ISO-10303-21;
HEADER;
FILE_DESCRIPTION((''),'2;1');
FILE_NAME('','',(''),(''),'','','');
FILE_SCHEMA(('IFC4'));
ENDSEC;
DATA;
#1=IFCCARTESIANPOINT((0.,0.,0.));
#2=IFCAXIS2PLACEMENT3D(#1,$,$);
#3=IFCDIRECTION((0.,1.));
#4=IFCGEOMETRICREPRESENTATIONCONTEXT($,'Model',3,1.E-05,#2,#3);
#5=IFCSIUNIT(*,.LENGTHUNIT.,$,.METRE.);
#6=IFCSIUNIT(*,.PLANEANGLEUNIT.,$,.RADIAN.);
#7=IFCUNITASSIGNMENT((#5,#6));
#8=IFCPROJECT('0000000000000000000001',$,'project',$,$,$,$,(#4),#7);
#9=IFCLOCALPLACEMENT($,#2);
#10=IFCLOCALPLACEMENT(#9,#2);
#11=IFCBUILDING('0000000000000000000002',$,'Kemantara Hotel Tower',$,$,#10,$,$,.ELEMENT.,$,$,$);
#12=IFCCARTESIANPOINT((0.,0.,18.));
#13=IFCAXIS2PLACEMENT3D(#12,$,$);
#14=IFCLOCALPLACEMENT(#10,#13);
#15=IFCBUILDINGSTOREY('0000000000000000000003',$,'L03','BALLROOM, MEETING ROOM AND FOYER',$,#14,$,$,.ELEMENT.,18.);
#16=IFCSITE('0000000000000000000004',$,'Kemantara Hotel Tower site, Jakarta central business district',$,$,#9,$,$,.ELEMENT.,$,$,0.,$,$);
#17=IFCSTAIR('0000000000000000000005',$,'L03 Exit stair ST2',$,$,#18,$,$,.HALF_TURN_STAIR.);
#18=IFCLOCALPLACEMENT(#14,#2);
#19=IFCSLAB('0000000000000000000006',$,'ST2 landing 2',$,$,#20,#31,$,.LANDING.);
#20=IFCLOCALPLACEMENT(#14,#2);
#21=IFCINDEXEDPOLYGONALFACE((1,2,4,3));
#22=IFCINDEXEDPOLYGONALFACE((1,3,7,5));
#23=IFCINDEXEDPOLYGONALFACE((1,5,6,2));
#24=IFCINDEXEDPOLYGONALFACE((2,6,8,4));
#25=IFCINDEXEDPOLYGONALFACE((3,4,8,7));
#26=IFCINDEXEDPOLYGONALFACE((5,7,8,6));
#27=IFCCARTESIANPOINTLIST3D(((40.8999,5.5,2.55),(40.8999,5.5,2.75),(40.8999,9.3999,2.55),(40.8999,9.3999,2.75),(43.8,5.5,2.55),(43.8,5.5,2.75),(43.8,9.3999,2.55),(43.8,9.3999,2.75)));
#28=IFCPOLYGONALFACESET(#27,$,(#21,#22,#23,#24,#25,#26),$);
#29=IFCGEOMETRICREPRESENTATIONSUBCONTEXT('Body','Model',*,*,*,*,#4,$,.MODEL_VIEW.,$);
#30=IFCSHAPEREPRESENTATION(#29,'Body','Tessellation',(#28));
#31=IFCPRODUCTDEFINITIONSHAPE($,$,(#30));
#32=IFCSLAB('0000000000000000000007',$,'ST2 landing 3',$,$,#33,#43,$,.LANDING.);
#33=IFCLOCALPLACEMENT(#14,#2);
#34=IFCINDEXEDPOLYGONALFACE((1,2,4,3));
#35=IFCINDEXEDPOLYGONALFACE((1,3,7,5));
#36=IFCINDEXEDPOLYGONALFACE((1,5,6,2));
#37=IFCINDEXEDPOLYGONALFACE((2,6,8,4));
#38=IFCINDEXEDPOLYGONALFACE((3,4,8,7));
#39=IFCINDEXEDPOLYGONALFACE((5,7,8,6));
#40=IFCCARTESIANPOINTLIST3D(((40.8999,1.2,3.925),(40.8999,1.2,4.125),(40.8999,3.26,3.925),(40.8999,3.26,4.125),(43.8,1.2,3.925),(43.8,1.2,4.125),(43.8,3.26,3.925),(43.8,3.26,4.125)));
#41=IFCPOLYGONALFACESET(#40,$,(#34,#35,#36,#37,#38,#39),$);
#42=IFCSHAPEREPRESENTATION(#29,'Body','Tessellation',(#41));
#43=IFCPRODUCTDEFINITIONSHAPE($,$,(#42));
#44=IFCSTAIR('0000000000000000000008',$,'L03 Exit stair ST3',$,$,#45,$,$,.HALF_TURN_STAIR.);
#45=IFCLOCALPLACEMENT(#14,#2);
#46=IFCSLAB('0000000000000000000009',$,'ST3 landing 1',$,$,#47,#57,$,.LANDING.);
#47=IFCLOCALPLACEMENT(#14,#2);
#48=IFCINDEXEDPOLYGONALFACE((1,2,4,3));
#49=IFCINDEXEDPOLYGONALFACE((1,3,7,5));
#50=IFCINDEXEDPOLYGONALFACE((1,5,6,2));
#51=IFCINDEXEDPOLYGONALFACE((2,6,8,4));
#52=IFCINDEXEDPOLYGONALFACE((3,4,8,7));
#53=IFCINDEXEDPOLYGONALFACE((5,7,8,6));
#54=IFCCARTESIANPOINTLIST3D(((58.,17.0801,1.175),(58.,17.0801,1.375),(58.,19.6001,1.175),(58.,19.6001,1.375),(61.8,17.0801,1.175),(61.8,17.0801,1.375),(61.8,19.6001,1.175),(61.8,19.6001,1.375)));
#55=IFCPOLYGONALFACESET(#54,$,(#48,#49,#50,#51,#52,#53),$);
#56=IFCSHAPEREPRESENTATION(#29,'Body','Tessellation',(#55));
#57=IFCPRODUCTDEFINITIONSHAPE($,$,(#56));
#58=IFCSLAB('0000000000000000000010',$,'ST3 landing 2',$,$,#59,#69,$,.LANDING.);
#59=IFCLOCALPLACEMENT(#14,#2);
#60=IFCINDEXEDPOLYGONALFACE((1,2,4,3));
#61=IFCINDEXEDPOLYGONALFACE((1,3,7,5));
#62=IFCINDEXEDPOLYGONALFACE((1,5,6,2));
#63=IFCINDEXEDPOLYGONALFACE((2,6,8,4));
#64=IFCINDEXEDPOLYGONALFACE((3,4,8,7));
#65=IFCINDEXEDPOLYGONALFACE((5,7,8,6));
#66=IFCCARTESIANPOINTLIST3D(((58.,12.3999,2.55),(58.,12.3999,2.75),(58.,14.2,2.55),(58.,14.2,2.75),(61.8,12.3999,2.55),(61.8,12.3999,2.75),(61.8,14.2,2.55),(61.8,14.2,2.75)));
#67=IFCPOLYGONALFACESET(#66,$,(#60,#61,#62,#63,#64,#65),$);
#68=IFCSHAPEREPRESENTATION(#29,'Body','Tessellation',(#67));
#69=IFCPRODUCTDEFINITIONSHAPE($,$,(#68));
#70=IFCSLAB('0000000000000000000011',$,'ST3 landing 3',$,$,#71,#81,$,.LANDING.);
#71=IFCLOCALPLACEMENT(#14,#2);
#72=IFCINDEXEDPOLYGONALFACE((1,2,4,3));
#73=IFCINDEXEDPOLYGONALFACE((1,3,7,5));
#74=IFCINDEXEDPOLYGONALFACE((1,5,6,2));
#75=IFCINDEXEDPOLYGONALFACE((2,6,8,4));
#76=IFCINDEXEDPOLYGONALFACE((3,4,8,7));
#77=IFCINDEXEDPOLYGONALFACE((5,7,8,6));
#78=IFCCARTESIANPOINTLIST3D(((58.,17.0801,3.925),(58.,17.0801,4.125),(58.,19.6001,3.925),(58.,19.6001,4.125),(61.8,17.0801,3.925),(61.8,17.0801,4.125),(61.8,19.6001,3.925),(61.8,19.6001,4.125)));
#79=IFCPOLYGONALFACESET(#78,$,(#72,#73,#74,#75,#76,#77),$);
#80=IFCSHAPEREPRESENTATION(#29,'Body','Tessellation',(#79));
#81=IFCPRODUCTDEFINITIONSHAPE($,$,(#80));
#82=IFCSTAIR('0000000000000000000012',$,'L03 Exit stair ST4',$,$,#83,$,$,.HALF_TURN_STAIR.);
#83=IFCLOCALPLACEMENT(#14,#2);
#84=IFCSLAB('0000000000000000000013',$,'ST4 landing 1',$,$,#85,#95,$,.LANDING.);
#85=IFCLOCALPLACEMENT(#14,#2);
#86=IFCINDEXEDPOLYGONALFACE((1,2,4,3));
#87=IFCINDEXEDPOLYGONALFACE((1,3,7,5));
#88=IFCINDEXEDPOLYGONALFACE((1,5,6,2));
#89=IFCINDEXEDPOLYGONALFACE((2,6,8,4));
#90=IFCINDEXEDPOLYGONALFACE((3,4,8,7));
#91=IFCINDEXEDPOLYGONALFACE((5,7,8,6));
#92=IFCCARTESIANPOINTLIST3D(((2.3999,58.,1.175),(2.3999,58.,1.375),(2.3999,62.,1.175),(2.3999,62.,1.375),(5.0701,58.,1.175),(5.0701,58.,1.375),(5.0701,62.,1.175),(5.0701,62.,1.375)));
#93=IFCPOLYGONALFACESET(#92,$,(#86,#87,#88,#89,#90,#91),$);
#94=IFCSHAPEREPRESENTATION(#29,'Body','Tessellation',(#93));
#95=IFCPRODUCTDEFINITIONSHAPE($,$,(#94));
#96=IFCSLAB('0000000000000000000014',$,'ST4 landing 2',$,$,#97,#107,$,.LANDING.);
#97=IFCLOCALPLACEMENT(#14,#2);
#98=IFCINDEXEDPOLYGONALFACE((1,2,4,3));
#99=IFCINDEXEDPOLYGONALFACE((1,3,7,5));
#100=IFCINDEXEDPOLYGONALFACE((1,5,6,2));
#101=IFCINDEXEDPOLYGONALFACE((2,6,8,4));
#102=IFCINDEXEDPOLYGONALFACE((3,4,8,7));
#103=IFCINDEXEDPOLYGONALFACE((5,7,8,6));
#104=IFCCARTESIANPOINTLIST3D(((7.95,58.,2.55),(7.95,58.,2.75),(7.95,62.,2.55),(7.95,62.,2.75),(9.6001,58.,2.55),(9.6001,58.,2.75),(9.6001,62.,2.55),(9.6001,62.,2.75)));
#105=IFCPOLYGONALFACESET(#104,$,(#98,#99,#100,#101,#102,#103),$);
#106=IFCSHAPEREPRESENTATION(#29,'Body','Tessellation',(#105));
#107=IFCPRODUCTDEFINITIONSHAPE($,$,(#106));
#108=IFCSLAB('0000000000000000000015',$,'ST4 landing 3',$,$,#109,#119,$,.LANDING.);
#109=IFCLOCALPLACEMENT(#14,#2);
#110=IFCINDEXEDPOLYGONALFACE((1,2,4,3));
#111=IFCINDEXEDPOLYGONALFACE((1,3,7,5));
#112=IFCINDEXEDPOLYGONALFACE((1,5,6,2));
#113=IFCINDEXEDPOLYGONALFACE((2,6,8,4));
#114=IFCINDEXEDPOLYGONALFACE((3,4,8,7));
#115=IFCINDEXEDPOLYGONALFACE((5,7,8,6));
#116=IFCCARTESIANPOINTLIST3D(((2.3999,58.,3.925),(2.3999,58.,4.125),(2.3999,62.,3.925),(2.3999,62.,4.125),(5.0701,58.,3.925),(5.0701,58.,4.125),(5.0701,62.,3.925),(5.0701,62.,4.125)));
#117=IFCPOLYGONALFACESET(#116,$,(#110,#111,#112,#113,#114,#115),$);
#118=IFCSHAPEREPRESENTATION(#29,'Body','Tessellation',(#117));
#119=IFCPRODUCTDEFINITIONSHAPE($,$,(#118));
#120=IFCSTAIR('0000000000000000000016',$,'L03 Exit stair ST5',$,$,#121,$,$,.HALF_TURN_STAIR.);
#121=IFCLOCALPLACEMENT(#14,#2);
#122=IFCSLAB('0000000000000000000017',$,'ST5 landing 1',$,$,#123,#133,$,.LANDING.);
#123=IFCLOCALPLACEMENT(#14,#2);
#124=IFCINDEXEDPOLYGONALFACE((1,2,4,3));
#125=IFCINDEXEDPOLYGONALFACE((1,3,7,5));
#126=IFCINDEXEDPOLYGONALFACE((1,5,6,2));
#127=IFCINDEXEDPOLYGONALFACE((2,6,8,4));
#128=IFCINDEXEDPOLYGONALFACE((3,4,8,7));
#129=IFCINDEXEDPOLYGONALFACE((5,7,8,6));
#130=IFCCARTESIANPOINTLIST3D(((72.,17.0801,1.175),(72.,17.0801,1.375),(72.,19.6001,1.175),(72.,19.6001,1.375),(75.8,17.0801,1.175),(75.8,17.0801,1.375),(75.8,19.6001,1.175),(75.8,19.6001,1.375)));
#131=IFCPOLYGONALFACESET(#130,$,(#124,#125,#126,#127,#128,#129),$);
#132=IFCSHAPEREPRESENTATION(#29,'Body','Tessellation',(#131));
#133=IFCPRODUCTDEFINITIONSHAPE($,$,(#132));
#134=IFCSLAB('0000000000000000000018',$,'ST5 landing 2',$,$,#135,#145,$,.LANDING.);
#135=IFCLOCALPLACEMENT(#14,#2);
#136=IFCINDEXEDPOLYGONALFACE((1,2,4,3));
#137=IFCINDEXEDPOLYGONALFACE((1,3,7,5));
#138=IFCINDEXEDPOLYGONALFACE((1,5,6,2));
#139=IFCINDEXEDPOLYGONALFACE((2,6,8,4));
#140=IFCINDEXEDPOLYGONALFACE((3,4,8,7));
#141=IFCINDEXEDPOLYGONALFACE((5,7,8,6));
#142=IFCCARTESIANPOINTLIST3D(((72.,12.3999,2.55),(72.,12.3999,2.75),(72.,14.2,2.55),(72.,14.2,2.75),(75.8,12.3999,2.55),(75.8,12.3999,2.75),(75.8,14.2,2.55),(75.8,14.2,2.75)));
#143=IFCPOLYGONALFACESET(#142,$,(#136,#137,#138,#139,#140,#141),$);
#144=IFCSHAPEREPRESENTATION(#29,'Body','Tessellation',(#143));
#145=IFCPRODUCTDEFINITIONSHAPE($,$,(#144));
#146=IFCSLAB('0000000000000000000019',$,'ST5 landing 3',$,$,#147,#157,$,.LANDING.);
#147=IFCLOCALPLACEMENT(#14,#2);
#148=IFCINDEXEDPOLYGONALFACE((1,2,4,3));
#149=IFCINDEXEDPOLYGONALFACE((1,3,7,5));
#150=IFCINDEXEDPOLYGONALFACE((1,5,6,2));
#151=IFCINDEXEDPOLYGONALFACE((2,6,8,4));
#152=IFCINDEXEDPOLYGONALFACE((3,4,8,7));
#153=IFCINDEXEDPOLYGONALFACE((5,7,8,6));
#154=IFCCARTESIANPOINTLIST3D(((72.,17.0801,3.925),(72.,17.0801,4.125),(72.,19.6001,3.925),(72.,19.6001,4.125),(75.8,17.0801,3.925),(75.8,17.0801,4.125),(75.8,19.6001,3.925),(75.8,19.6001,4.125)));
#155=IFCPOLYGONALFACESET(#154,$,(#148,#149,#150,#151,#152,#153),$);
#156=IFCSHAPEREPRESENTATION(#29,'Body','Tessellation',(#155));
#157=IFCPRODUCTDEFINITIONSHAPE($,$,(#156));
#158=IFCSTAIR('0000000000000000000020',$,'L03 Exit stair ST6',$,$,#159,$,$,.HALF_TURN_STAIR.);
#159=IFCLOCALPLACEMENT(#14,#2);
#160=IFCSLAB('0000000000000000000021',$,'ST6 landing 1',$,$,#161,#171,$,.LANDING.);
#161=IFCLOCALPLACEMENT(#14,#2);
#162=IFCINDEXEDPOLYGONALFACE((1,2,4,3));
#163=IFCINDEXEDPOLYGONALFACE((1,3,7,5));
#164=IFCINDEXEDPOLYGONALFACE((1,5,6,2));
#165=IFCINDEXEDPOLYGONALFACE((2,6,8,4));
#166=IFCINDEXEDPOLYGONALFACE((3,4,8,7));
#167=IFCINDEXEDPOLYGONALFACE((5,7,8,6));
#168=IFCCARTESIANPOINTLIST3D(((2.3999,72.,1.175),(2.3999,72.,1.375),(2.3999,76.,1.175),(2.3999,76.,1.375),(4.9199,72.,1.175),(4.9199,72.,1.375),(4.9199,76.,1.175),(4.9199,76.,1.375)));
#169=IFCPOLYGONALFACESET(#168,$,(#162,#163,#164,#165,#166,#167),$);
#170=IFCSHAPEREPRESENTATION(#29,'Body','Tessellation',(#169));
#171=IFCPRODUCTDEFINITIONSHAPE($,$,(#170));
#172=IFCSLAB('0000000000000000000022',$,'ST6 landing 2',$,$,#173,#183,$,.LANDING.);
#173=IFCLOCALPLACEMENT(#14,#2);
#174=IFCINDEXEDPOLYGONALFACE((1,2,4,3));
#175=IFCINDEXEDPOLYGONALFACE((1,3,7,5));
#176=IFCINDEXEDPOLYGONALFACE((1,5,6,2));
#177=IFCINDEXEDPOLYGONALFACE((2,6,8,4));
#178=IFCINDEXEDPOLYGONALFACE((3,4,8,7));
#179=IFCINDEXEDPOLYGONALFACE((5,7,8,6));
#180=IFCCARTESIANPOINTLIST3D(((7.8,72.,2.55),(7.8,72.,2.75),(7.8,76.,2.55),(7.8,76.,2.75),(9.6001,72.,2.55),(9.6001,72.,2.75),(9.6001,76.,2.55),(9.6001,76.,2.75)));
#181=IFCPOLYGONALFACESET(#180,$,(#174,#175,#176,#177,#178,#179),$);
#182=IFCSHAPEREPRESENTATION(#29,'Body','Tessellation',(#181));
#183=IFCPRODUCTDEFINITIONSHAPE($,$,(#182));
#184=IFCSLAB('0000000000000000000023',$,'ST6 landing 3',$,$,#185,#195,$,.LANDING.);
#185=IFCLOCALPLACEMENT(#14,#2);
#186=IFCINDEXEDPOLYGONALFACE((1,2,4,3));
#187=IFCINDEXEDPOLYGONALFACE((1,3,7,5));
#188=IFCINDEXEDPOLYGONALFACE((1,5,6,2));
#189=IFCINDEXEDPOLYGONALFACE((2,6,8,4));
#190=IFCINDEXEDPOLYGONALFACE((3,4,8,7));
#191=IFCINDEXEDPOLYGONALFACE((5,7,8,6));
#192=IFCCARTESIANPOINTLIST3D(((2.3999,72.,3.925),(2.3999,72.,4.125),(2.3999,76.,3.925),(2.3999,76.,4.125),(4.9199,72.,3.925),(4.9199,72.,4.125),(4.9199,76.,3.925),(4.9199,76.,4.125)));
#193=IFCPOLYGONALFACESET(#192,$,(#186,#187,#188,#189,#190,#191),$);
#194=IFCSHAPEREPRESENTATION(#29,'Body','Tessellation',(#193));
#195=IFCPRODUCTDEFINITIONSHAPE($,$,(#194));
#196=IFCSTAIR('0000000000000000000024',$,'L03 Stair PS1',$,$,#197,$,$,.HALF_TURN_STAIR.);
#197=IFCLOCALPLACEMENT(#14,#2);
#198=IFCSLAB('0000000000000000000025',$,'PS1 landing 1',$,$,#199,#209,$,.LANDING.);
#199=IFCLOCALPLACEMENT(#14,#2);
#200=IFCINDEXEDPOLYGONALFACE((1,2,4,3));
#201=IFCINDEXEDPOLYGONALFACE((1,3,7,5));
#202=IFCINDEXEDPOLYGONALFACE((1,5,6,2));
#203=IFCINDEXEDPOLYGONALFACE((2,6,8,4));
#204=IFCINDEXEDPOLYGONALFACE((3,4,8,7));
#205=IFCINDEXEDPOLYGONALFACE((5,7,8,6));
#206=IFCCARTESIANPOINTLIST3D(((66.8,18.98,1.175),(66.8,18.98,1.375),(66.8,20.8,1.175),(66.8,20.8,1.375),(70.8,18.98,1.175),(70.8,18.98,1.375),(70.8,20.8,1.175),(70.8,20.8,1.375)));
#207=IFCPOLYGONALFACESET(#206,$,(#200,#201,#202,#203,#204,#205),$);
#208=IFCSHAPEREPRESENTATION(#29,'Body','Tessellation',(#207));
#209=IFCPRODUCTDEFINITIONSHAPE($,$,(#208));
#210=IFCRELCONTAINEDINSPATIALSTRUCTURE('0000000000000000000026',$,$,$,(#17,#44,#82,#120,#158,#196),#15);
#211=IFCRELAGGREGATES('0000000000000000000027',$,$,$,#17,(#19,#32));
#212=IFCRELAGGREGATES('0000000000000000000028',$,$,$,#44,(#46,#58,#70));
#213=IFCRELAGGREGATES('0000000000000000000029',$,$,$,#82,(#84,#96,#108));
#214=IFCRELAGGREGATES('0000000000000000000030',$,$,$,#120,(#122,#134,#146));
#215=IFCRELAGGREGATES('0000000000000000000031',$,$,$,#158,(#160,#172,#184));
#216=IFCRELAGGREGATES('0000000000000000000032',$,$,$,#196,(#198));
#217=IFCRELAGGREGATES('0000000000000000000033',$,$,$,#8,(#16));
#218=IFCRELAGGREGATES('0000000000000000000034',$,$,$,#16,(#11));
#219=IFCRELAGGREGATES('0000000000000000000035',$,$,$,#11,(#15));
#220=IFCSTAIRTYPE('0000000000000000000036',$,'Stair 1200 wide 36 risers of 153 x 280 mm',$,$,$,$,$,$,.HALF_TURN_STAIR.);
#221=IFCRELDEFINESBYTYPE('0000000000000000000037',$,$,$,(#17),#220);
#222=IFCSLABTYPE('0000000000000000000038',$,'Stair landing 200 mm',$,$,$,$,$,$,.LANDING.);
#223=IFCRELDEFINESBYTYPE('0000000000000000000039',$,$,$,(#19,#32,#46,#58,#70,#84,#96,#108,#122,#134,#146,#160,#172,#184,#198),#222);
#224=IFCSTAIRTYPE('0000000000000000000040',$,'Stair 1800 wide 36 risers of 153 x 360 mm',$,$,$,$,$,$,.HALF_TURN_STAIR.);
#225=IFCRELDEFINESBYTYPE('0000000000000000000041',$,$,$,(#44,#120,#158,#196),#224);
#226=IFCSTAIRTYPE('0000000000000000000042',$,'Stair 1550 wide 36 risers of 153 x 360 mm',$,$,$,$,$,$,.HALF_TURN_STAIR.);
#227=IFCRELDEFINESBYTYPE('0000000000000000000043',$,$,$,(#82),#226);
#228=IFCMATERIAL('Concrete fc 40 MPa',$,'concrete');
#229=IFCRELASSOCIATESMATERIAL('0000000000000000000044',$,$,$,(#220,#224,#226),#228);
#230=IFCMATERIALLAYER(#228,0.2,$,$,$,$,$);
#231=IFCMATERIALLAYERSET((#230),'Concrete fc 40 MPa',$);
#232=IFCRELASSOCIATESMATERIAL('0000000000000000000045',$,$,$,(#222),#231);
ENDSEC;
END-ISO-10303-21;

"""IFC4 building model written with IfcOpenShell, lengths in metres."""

from ifc_helpers import new_model, si_unit, direction, frame, origin, place, context, subcontext, project, spatial, polyline, outline, extrude, material, layer, layer_set, type_object, element, aggregate, save


model = new_model("IFC4")

# Units and contexts
model_context = context("Model", 3, precision=1e-05, world=origin(), true_north=direction((0.0, 1.0)))
body_context = subcontext(model_context, "Body", "Model", "MODEL_VIEW")
ifc_project = project(units=[si_unit("LENGTHUNIT", "METRE"), si_unit("PLANEANGLEUNIT", "RADIAN")], contexts=[model_context])

# Site, building, storey
site_placement = place(None, origin())
site = spatial("IfcSite", under=ifc_project, at=site_placement, Name="Kemantara Hotel Tower site, Jakarta central business district", CompositionType="ELEMENT", RefElevation=0.0)
building_placement = place(site_placement, origin())
building = spatial("IfcBuilding", under=site, at=building_placement, Name="Kemantara Hotel Tower", CompositionType="ELEMENT")
storey_placement = place(building_placement, frame((0.0, 0.0, 18.0)))
storey = spatial("IfcBuildingStorey", under=building, at=storey_placement, Name="L03", Description="BALLROOM, MEETING ROOM AND FOYER", CompositionType="ELEMENT", Elevation=18.0)

# Shared definitions
ifc_material = material(Name="Concrete fc 40 MPa", Category="concrete")

# Stairs, slabs
stair_type_1 = type_object("IfcStairType", Name="Stair 1200 wide 36 risers of 153 x 280 mm", PredefinedType="HALF_TURN_STAIR", material=ifc_material)
ifc_layer_1 = layer(ifc_material, 0.2)
ifc_layer_set_1 = layer_set([ifc_layer_1], Name="Concrete fc 40 MPa")
slab_type_1 = type_object("IfcSlabType", Name="Stair landing 200 mm", PredefinedType="LANDING", material=ifc_layer_set_1)
stair_1_placement = place(storey_placement, origin())
stair_1 = element("IfcStair", 1, at=stair_1_placement, inside=storey, type_object=stair_type_1, Name="L03 Exit stair ST2", PredefinedType="HALF_TURN_STAIR")
slab_1_placement = place(storey_placement, frame((0.0, 0.0, 2.55)))
slab_1 = element("IfcSlab", 2, at=slab_1_placement, type_object=slab_type_1, Name="ST2 landing 2", PredefinedType="LANDING", context=body_context, shape_type="SweptSolid", body=[
    extrude(outline(polyline([(40.8999, 9.3999), (40.8999, 5.5), (43.8, 5.5), (43.8, 9.3999), (40.8999, 9.3999)])), origin(), (0.0, 0.0, 1.0), 0.2),
])
slab_2_placement = place(storey_placement, frame((0.0, 0.0, 3.925)))
slab_2 = element("IfcSlab", 3, at=slab_2_placement, type_object=slab_type_1, Name="ST2 landing 3", PredefinedType="LANDING", context=body_context, shape_type="SweptSolid", body=[
    extrude(outline(polyline([(40.8999, 3.26), (40.8999, 1.2), (43.8, 1.2), (43.8, 3.26), (40.8999, 3.26)])), origin(), (0.0, 0.0, 1.0), 0.2),
])
aggregate(stair_1, [slab_1, slab_2])
stair_type_2 = type_object("IfcStairType", Name="Stair 1800 wide 36 risers of 153 x 360 mm", PredefinedType="HALF_TURN_STAIR", material=ifc_material)
stair_2_placement = place(storey_placement, origin())
stair_2 = element("IfcStair", 4, at=stair_2_placement, inside=storey, type_object=stair_type_2, Name="L03 Exit stair ST3", PredefinedType="HALF_TURN_STAIR")
slab_3_placement = place(storey_placement, frame((0.0, 0.0, 1.175)))
slab_3 = element("IfcSlab", 5, at=slab_3_placement, type_object=slab_type_1, Name="ST3 landing 1", PredefinedType="LANDING", context=body_context, shape_type="SweptSolid", body=[
    extrude(outline(polyline([(61.8, 17.0801), (61.8, 19.6001), (58.0, 19.6001), (58.0, 17.0801), (61.8, 17.0801)])), origin(), (0.0, 0.0, 1.0), 0.2),
])
slab_4_placement = place(storey_placement, frame((0.0, 0.0, 2.55)))
slab_4 = element("IfcSlab", 6, at=slab_4_placement, type_object=slab_type_1, Name="ST3 landing 2", PredefinedType="LANDING", context=body_context, shape_type="SweptSolid", body=[
    extrude(outline(polyline([(61.8, 12.3999), (61.8, 14.2), (58.0, 14.2), (58.0, 12.3999), (61.8, 12.3999)])), origin(), (0.0, 0.0, 1.0), 0.2),
])
slab_5_placement = place(storey_placement, frame((0.0, 0.0, 3.925)))
slab_5 = element("IfcSlab", 7, at=slab_5_placement, type_object=slab_type_1, Name="ST3 landing 3", PredefinedType="LANDING", context=body_context, shape_type="SweptSolid", body=[
    extrude(outline(polyline([(61.8, 17.0801), (61.8, 19.6001), (58.0, 19.6001), (58.0, 17.0801), (61.8, 17.0801)])), origin(), (0.0, 0.0, 1.0), 0.2),
])
aggregate(stair_2, [slab_3, slab_4, slab_5])
stair_type_3 = type_object("IfcStairType", Name="Stair 1550 wide 36 risers of 153 x 360 mm", PredefinedType="HALF_TURN_STAIR", material=ifc_material)
stair_3_placement = place(storey_placement, origin())
stair_3 = element("IfcStair", 8, at=stair_3_placement, inside=storey, type_object=stair_type_3, Name="L03 Exit stair ST4", PredefinedType="HALF_TURN_STAIR")
slab_6_placement = place(storey_placement, frame((0.0, 0.0, 1.175)))
slab_6 = element("IfcSlab", 9, at=slab_6_placement, type_object=slab_type_1, Name="ST4 landing 1", PredefinedType="LANDING", context=body_context, shape_type="SweptSolid", body=[
    extrude(outline(polyline([(5.0701, 62.0), (2.3999, 62.0), (2.3999, 58.0), (5.0701, 58.0), (5.0701, 62.0)])), origin(), (0.0, 0.0, 1.0), 0.2),
])
slab_7_placement = place(storey_placement, frame((0.0, 0.0, 2.55)))
slab_7 = element("IfcSlab", 10, at=slab_7_placement, type_object=slab_type_1, Name="ST4 landing 2", PredefinedType="LANDING", context=body_context, shape_type="SweptSolid", body=[
    extrude(outline(polyline([(9.6001, 62.0), (7.95, 62.0), (7.95, 58.0), (9.6001, 58.0), (9.6001, 62.0)])), origin(), (0.0, 0.0, 1.0), 0.2),
])
slab_8_placement = place(storey_placement, frame((0.0, 0.0, 3.925)))
slab_8 = element("IfcSlab", 11, at=slab_8_placement, type_object=slab_type_1, Name="ST4 landing 3", PredefinedType="LANDING", context=body_context, shape_type="SweptSolid", body=[
    extrude(outline(polyline([(5.0701, 62.0), (2.3999, 62.0), (2.3999, 58.0), (5.0701, 58.0), (5.0701, 62.0)])), origin(), (0.0, 0.0, 1.0), 0.2),
])
aggregate(stair_3, [slab_6, slab_7, slab_8])
stair_4_placement = place(storey_placement, origin())
stair_4 = element("IfcStair", 12, at=stair_4_placement, inside=storey, type_object=stair_type_2, Name="L03 Exit stair ST5", PredefinedType="HALF_TURN_STAIR")
slab_9_placement = place(storey_placement, frame((0.0, 0.0, 1.175)))
slab_9 = element("IfcSlab", 13, at=slab_9_placement, type_object=slab_type_1, Name="ST5 landing 1", PredefinedType="LANDING", context=body_context, shape_type="SweptSolid", body=[
    extrude(outline(polyline([(75.8, 17.0801), (75.8, 19.6001), (72.0, 19.6001), (72.0, 17.0801), (75.8, 17.0801)])), origin(), (0.0, 0.0, 1.0), 0.2),
])
slab_10_placement = place(storey_placement, frame((0.0, 0.0, 2.55)))
slab_10 = element("IfcSlab", 14, at=slab_10_placement, type_object=slab_type_1, Name="ST5 landing 2", PredefinedType="LANDING", context=body_context, shape_type="SweptSolid", body=[
    extrude(outline(polyline([(75.8, 12.3999), (75.8, 14.2), (72.0, 14.2), (72.0, 12.3999), (75.8, 12.3999)])), origin(), (0.0, 0.0, 1.0), 0.2),
])
slab_11_placement = place(storey_placement, frame((0.0, 0.0, 3.925)))
slab_11 = element("IfcSlab", 15, at=slab_11_placement, type_object=slab_type_1, Name="ST5 landing 3", PredefinedType="LANDING", context=body_context, shape_type="SweptSolid", body=[
    extrude(outline(polyline([(75.8, 17.0801), (75.8, 19.6001), (72.0, 19.6001), (72.0, 17.0801), (75.8, 17.0801)])), origin(), (0.0, 0.0, 1.0), 0.2),
])
aggregate(stair_4, [slab_9, slab_10, slab_11])
stair_5_placement = place(storey_placement, origin())
stair_5 = element("IfcStair", 16, at=stair_5_placement, inside=storey, type_object=stair_type_2, Name="L03 Exit stair ST6", PredefinedType="HALF_TURN_STAIR")
slab_12_placement = place(storey_placement, frame((0.0, 0.0, 1.175)))
slab_12 = element("IfcSlab", 17, at=slab_12_placement, type_object=slab_type_1, Name="ST6 landing 1", PredefinedType="LANDING", context=body_context, shape_type="SweptSolid", body=[
    extrude(outline(polyline([(4.9199, 76.0), (2.3999, 76.0), (2.3999, 72.0), (4.9199, 72.0), (4.9199, 76.0)])), origin(), (0.0, 0.0, 1.0), 0.2),
])
slab_13_placement = place(storey_placement, frame((0.0, 0.0, 2.55)))
slab_13 = element("IfcSlab", 18, at=slab_13_placement, type_object=slab_type_1, Name="ST6 landing 2", PredefinedType="LANDING", context=body_context, shape_type="SweptSolid", body=[
    extrude(outline(polyline([(9.6001, 76.0), (7.8, 76.0), (7.8, 72.0), (9.6001, 72.0), (9.6001, 76.0)])), origin(), (0.0, 0.0, 1.0), 0.2),
])
slab_14_placement = place(storey_placement, frame((0.0, 0.0, 3.925)))
slab_14 = element("IfcSlab", 19, at=slab_14_placement, type_object=slab_type_1, Name="ST6 landing 3", PredefinedType="LANDING", context=body_context, shape_type="SweptSolid", body=[
    extrude(outline(polyline([(4.9199, 76.0), (2.3999, 76.0), (2.3999, 72.0), (4.9199, 72.0), (4.9199, 76.0)])), origin(), (0.0, 0.0, 1.0), 0.2),
])
aggregate(stair_5, [slab_12, slab_13, slab_14])
stair_6_placement = place(storey_placement, origin())
stair_6 = element("IfcStair", 20, at=stair_6_placement, inside=storey, type_object=stair_type_2, Name="L03 Stair PS1", PredefinedType="HALF_TURN_STAIR")
slab_15_placement = place(storey_placement, frame((0.0, 0.0, 1.175)))
slab_15 = element("IfcSlab", 21, at=slab_15_placement, type_object=slab_type_1, Name="PS1 landing 1", PredefinedType="LANDING", context=body_context, shape_type="SweptSolid", body=[
    extrude(outline(polyline([(70.8, 18.98), (70.8, 20.8), (66.8, 20.8), (66.8, 18.98), (70.8, 18.98)])), origin(), (0.0, 0.0, 1.0), 0.2),
])
aggregate(stair_6, [slab_15])

save(model, "model.ifc")
